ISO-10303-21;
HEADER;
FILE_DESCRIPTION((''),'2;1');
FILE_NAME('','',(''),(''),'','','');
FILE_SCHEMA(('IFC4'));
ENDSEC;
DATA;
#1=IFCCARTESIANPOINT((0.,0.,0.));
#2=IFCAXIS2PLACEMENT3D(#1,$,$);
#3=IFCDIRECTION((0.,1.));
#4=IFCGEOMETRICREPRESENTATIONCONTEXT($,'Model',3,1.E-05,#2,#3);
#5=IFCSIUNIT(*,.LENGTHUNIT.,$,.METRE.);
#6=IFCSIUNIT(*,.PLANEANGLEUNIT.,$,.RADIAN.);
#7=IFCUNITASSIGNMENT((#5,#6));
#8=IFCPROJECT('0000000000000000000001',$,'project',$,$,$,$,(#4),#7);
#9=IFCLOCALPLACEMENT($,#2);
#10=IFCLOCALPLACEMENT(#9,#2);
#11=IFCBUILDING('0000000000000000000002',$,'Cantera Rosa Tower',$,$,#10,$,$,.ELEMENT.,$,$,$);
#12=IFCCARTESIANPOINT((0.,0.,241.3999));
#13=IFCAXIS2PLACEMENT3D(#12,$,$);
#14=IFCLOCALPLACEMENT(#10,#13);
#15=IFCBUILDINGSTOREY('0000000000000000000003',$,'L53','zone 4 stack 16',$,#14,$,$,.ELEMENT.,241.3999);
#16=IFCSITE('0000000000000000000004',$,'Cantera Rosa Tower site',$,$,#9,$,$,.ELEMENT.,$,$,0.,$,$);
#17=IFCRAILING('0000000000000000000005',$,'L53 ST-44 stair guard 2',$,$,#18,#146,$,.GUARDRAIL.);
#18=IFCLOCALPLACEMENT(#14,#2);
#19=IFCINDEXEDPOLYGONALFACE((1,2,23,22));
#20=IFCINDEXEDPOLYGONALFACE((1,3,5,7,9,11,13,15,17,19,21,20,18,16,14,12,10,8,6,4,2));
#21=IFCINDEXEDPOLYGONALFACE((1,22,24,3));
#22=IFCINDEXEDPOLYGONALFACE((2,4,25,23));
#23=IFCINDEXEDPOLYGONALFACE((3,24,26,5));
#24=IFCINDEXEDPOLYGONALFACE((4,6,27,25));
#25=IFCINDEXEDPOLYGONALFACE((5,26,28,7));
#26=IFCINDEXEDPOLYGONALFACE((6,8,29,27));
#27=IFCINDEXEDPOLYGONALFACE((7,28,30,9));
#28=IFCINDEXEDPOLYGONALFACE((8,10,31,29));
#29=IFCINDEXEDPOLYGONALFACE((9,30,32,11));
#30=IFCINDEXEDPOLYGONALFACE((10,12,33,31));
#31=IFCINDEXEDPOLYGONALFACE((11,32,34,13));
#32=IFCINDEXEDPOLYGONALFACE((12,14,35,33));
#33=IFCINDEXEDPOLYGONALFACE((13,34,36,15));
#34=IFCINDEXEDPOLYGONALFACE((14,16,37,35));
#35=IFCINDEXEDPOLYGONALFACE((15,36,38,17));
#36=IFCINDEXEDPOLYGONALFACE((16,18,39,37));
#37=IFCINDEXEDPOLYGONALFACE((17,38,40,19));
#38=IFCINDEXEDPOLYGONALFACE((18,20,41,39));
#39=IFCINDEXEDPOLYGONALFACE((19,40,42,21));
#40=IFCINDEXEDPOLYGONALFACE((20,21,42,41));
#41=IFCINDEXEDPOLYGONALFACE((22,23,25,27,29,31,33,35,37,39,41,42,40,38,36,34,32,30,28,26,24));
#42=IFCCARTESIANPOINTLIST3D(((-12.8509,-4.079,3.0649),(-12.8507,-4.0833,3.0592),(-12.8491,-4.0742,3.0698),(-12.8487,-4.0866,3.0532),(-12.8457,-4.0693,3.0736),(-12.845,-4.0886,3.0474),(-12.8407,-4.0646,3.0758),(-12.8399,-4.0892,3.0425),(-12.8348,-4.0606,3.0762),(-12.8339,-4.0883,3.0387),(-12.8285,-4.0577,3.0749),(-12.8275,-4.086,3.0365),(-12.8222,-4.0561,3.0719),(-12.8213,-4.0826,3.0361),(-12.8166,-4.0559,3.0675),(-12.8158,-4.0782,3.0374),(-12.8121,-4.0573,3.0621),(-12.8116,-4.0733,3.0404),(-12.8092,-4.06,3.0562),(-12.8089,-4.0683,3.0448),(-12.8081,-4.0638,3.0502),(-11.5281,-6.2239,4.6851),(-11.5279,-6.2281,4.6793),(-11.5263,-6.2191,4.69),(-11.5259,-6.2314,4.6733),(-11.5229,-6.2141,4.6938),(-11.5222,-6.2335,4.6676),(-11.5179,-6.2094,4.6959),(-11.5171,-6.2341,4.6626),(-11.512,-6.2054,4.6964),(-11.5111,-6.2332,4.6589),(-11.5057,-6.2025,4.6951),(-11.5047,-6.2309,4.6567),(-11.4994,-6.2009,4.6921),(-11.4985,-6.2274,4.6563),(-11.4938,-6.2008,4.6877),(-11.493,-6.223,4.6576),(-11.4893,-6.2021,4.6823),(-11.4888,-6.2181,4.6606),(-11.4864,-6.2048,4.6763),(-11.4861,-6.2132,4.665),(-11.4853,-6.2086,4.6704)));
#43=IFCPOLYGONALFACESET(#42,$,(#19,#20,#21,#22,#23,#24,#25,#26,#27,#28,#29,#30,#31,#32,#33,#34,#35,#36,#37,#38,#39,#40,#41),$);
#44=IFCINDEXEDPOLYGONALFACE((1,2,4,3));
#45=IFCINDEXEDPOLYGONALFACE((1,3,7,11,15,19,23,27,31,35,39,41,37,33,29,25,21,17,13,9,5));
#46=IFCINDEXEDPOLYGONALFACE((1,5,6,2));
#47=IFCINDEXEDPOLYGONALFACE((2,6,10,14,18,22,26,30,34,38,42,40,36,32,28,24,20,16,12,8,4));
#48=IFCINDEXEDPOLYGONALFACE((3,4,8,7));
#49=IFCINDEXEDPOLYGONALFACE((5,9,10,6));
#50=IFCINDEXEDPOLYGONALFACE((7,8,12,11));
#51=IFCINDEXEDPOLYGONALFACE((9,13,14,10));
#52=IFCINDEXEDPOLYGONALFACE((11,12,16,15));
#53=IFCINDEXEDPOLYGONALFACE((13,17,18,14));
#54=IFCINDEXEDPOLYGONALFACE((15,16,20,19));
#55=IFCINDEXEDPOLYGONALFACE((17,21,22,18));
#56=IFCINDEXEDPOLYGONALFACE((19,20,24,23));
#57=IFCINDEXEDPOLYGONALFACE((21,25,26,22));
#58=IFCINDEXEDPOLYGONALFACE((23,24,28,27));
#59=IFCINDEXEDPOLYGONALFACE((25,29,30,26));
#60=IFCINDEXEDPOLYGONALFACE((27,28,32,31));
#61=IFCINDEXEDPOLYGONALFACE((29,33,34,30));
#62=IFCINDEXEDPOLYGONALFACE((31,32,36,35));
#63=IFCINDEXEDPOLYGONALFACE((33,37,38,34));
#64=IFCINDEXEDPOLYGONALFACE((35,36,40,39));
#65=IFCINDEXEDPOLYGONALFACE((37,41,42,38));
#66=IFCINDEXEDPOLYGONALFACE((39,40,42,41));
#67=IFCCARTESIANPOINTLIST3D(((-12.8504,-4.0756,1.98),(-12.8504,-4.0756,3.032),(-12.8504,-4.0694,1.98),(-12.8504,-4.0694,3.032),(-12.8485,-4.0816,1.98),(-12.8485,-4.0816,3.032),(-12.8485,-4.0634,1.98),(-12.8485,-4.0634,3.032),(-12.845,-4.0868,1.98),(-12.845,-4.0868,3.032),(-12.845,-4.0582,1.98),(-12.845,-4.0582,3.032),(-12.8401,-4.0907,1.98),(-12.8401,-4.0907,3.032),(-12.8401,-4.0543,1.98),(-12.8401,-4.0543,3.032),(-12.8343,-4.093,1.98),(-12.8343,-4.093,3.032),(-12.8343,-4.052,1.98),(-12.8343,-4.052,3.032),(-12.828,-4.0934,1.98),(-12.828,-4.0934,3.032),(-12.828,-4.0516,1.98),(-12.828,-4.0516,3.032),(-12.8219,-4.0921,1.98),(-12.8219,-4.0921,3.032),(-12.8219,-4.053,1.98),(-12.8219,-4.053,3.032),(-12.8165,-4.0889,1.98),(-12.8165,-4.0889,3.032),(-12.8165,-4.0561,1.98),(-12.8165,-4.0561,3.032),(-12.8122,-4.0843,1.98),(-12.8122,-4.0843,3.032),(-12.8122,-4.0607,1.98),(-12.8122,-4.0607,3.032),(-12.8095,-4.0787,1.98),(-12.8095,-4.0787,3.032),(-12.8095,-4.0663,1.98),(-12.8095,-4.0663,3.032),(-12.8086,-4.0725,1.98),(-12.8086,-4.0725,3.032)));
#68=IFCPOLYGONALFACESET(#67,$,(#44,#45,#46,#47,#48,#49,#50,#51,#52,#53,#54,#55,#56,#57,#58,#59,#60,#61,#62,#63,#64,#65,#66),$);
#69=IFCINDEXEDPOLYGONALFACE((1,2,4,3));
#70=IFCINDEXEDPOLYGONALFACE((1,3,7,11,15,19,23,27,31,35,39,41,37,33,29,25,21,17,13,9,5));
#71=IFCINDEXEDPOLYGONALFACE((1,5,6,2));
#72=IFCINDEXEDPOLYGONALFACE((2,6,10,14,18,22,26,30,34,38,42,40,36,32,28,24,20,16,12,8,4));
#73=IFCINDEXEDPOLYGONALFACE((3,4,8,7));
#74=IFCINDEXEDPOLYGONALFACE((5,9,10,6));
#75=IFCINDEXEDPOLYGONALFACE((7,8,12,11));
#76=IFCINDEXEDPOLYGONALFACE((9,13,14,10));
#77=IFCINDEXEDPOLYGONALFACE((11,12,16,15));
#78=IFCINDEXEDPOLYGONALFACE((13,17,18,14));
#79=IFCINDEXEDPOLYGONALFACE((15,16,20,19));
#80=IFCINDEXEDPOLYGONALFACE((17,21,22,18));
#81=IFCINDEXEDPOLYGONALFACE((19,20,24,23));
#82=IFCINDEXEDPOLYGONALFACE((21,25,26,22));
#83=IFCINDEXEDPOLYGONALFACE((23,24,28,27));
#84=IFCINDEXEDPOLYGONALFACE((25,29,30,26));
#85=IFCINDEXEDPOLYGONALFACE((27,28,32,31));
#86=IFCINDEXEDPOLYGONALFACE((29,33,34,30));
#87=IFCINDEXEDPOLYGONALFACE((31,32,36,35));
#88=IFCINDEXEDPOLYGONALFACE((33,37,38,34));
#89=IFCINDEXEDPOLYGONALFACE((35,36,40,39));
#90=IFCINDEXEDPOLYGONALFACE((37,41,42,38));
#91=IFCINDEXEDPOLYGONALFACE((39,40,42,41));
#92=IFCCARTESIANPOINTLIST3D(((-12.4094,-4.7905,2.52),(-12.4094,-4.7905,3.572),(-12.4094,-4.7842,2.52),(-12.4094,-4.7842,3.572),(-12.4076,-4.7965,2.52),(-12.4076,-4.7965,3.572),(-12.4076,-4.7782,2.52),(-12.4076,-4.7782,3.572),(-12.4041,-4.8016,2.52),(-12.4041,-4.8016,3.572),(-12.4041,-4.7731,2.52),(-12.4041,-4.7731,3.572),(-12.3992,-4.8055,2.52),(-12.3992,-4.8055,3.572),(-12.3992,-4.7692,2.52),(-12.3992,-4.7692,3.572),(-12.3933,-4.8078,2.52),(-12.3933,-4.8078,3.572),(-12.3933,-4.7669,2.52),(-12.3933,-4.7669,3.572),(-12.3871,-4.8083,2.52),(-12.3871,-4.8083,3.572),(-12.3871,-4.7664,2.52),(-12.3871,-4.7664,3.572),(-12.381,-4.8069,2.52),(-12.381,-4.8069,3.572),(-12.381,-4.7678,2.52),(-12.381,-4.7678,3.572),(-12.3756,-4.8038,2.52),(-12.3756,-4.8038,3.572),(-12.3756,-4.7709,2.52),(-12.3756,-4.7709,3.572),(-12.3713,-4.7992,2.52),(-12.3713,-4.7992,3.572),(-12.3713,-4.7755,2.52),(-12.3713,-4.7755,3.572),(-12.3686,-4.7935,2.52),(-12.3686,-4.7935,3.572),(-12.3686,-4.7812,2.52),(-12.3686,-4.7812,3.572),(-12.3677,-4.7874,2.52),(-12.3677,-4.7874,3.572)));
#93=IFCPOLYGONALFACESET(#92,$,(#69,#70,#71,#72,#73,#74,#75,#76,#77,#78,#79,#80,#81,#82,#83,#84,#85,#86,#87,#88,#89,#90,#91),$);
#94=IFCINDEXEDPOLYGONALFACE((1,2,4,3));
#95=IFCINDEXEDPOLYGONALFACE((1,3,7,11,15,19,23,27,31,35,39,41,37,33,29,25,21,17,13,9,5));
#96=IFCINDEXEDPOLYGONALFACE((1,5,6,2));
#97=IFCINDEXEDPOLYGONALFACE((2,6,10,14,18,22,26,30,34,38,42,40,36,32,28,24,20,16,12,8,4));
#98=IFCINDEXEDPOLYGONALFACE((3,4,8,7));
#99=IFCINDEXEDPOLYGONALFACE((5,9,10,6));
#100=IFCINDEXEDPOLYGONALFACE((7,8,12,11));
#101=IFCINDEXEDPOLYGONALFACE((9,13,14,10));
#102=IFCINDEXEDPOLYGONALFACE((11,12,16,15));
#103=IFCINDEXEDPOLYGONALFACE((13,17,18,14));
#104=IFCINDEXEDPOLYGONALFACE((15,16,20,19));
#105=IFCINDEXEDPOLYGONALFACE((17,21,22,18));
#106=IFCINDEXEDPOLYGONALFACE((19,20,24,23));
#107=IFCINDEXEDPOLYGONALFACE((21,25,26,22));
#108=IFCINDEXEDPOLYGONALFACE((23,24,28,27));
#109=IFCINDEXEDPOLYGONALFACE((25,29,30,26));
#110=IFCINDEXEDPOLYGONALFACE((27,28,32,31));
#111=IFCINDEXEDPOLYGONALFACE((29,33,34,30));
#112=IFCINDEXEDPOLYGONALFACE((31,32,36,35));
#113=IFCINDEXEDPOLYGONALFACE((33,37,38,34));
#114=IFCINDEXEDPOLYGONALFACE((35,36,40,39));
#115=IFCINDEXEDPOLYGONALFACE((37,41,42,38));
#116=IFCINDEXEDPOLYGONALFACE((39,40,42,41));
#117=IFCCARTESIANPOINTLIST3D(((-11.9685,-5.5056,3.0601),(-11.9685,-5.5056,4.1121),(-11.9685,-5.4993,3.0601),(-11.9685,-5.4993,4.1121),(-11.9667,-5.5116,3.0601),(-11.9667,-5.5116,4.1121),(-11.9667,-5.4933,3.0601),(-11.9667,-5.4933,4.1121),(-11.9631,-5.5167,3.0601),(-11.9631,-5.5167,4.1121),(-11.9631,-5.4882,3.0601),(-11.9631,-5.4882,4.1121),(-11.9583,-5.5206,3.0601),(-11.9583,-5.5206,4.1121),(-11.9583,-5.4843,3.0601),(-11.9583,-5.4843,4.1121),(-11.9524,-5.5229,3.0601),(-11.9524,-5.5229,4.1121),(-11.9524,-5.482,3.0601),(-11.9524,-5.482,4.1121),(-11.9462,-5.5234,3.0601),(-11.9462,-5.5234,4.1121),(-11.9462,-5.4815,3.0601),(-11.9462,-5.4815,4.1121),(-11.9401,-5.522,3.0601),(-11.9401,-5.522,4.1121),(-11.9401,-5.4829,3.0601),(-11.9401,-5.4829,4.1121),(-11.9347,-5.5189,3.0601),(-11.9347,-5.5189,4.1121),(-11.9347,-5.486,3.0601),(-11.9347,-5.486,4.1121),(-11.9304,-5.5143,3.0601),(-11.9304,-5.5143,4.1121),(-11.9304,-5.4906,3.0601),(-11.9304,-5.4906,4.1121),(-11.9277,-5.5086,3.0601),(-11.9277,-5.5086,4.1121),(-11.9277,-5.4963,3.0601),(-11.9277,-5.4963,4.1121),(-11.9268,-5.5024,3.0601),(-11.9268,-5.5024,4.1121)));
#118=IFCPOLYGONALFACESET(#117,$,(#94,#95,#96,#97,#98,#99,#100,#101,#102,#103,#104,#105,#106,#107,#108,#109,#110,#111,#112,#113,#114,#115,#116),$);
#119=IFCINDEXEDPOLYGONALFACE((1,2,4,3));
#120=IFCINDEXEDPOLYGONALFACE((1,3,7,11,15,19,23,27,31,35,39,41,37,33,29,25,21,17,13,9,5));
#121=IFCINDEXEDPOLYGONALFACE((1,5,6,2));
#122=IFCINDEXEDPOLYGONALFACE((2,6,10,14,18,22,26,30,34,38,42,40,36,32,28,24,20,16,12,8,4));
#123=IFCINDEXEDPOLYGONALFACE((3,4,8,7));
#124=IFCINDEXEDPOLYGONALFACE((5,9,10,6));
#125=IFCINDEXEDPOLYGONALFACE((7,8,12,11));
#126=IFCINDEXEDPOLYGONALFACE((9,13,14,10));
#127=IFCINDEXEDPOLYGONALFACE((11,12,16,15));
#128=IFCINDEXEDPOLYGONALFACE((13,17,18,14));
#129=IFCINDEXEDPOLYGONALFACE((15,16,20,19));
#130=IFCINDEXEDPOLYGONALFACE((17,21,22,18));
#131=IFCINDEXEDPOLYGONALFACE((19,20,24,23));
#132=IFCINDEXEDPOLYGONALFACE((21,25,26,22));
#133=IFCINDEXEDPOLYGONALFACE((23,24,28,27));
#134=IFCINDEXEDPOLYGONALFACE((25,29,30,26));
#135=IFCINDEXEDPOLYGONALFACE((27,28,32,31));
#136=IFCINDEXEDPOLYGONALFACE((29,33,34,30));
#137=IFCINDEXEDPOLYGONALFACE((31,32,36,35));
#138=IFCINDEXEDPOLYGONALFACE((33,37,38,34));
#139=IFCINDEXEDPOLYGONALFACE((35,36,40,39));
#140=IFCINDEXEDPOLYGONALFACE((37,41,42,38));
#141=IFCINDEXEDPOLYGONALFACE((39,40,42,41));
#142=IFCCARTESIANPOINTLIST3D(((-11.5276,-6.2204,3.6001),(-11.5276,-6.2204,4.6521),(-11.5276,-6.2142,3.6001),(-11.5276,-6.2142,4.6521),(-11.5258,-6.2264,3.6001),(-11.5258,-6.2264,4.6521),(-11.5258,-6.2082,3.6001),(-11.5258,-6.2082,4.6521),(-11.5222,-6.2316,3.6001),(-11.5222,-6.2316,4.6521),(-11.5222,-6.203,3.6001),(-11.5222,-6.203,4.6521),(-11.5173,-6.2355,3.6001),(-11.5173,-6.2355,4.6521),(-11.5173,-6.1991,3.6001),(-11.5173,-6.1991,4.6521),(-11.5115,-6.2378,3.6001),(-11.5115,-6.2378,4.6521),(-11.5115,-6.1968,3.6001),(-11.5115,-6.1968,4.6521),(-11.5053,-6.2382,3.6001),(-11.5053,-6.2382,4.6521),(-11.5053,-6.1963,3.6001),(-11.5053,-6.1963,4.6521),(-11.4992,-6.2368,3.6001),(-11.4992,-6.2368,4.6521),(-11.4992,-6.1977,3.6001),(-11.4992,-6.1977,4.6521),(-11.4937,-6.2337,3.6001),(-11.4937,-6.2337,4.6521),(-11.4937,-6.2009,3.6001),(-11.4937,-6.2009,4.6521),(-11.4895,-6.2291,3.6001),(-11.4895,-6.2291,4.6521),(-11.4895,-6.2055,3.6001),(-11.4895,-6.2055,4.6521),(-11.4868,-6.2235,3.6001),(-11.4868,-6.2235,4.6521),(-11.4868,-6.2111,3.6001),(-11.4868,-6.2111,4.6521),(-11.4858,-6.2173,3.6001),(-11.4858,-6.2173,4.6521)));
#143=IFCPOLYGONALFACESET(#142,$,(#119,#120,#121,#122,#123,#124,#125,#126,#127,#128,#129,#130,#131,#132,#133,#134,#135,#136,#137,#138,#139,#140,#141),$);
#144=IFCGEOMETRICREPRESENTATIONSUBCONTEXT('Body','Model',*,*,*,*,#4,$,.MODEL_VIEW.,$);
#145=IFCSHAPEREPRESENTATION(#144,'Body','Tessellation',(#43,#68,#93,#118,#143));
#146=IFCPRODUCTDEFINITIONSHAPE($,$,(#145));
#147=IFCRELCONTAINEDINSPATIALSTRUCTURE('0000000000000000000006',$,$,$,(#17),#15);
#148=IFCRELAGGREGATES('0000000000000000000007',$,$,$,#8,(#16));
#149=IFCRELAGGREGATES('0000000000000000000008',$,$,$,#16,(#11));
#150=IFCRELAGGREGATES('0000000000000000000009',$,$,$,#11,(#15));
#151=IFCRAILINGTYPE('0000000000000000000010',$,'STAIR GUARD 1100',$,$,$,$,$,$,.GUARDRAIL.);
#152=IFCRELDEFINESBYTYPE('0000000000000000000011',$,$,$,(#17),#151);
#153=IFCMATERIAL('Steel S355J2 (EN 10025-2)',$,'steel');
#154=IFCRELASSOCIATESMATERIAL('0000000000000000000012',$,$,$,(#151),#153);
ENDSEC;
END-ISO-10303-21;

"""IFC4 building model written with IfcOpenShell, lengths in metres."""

from ifc_helpers import new_model, si_unit, direction, frame, origin, origin_2d, place, context, subcontext, project, spatial, circle, extrude, material, type_object, element, save


model = new_model("IFC4")

# Units and contexts
model_context = context("Model", 3, precision=1e-05, world=origin(), true_north=direction((0.0, 1.0)))
body_context = subcontext(model_context, "Body", "Model", "MODEL_VIEW")
ifc_project = project(units=[si_unit("LENGTHUNIT", "METRE"), si_unit("PLANEANGLEUNIT", "RADIAN")], contexts=[model_context])

# Site, building, storey
site_placement = place(None, origin())
site = spatial("IfcSite", under=ifc_project, at=site_placement, Name="Cantera Rosa Tower site", CompositionType="ELEMENT", RefElevation=0.0)
building_placement = place(site_placement, origin())
building = spatial("IfcBuilding", under=site, at=building_placement, Name="Cantera Rosa Tower", CompositionType="ELEMENT")
storey_placement = place(building_placement, frame((0.0, 0.0, 241.3999)))
storey = spatial("IfcBuildingStorey", under=building, at=storey_placement, Name="L53", Description="zone 4 stack 16", CompositionType="ELEMENT", Elevation=241.3999)

# Railing
ifc_material_1 = material(Name="Steel S355J2 (EN 10025-2)", Category="steel")
railing_type_1 = type_object("IfcRailingType", Name="STAIR GUARD 1100", PredefinedType="GUARDRAIL", material=ifc_material_1)
railing_1_placement = place(storey_placement, frame((-12.8296, -4.0725, 1.98)))
element("IfcRailing", 1, at=railing_1_placement, inside=storey, type_object=railing_type_1, Name="L53 ST-44 stair guard 2", PredefinedType="GUARDRAIL", context=body_context, shape_type="SweptSolid", body=[
    extrude(circle(Radius=0.0239, at=origin_2d()), frame((0.0, 0.0, 1.0762), z_axis=(0.441543, -0.715939, 0.540805), x_axis=(0.851146, 0.52493, 0.0)), (0.0, 0.0, 1.0), 2.9958),
    extrude(circle(Radius=0.021, at=origin_2d()), origin(), (0.0, 0.0, 1.0), 1.052),
    extrude(circle(Radius=0.021, at=origin_2d()), frame((0.4409, -0.7148, 0.54)), (0.0, 0.0, 1.0), 1.052),
    extrude(circle(Radius=0.021, at=origin_2d()), frame((0.8818, -1.4299, 1.0801)), (0.0, 0.0, 1.0), 1.052),
    extrude(circle(Radius=0.021, at=origin_2d()), frame((1.3228, -2.1448, 1.6201)), (0.0, 0.0, 1.0), 1.052),
])

save(model, "model.ifc")
